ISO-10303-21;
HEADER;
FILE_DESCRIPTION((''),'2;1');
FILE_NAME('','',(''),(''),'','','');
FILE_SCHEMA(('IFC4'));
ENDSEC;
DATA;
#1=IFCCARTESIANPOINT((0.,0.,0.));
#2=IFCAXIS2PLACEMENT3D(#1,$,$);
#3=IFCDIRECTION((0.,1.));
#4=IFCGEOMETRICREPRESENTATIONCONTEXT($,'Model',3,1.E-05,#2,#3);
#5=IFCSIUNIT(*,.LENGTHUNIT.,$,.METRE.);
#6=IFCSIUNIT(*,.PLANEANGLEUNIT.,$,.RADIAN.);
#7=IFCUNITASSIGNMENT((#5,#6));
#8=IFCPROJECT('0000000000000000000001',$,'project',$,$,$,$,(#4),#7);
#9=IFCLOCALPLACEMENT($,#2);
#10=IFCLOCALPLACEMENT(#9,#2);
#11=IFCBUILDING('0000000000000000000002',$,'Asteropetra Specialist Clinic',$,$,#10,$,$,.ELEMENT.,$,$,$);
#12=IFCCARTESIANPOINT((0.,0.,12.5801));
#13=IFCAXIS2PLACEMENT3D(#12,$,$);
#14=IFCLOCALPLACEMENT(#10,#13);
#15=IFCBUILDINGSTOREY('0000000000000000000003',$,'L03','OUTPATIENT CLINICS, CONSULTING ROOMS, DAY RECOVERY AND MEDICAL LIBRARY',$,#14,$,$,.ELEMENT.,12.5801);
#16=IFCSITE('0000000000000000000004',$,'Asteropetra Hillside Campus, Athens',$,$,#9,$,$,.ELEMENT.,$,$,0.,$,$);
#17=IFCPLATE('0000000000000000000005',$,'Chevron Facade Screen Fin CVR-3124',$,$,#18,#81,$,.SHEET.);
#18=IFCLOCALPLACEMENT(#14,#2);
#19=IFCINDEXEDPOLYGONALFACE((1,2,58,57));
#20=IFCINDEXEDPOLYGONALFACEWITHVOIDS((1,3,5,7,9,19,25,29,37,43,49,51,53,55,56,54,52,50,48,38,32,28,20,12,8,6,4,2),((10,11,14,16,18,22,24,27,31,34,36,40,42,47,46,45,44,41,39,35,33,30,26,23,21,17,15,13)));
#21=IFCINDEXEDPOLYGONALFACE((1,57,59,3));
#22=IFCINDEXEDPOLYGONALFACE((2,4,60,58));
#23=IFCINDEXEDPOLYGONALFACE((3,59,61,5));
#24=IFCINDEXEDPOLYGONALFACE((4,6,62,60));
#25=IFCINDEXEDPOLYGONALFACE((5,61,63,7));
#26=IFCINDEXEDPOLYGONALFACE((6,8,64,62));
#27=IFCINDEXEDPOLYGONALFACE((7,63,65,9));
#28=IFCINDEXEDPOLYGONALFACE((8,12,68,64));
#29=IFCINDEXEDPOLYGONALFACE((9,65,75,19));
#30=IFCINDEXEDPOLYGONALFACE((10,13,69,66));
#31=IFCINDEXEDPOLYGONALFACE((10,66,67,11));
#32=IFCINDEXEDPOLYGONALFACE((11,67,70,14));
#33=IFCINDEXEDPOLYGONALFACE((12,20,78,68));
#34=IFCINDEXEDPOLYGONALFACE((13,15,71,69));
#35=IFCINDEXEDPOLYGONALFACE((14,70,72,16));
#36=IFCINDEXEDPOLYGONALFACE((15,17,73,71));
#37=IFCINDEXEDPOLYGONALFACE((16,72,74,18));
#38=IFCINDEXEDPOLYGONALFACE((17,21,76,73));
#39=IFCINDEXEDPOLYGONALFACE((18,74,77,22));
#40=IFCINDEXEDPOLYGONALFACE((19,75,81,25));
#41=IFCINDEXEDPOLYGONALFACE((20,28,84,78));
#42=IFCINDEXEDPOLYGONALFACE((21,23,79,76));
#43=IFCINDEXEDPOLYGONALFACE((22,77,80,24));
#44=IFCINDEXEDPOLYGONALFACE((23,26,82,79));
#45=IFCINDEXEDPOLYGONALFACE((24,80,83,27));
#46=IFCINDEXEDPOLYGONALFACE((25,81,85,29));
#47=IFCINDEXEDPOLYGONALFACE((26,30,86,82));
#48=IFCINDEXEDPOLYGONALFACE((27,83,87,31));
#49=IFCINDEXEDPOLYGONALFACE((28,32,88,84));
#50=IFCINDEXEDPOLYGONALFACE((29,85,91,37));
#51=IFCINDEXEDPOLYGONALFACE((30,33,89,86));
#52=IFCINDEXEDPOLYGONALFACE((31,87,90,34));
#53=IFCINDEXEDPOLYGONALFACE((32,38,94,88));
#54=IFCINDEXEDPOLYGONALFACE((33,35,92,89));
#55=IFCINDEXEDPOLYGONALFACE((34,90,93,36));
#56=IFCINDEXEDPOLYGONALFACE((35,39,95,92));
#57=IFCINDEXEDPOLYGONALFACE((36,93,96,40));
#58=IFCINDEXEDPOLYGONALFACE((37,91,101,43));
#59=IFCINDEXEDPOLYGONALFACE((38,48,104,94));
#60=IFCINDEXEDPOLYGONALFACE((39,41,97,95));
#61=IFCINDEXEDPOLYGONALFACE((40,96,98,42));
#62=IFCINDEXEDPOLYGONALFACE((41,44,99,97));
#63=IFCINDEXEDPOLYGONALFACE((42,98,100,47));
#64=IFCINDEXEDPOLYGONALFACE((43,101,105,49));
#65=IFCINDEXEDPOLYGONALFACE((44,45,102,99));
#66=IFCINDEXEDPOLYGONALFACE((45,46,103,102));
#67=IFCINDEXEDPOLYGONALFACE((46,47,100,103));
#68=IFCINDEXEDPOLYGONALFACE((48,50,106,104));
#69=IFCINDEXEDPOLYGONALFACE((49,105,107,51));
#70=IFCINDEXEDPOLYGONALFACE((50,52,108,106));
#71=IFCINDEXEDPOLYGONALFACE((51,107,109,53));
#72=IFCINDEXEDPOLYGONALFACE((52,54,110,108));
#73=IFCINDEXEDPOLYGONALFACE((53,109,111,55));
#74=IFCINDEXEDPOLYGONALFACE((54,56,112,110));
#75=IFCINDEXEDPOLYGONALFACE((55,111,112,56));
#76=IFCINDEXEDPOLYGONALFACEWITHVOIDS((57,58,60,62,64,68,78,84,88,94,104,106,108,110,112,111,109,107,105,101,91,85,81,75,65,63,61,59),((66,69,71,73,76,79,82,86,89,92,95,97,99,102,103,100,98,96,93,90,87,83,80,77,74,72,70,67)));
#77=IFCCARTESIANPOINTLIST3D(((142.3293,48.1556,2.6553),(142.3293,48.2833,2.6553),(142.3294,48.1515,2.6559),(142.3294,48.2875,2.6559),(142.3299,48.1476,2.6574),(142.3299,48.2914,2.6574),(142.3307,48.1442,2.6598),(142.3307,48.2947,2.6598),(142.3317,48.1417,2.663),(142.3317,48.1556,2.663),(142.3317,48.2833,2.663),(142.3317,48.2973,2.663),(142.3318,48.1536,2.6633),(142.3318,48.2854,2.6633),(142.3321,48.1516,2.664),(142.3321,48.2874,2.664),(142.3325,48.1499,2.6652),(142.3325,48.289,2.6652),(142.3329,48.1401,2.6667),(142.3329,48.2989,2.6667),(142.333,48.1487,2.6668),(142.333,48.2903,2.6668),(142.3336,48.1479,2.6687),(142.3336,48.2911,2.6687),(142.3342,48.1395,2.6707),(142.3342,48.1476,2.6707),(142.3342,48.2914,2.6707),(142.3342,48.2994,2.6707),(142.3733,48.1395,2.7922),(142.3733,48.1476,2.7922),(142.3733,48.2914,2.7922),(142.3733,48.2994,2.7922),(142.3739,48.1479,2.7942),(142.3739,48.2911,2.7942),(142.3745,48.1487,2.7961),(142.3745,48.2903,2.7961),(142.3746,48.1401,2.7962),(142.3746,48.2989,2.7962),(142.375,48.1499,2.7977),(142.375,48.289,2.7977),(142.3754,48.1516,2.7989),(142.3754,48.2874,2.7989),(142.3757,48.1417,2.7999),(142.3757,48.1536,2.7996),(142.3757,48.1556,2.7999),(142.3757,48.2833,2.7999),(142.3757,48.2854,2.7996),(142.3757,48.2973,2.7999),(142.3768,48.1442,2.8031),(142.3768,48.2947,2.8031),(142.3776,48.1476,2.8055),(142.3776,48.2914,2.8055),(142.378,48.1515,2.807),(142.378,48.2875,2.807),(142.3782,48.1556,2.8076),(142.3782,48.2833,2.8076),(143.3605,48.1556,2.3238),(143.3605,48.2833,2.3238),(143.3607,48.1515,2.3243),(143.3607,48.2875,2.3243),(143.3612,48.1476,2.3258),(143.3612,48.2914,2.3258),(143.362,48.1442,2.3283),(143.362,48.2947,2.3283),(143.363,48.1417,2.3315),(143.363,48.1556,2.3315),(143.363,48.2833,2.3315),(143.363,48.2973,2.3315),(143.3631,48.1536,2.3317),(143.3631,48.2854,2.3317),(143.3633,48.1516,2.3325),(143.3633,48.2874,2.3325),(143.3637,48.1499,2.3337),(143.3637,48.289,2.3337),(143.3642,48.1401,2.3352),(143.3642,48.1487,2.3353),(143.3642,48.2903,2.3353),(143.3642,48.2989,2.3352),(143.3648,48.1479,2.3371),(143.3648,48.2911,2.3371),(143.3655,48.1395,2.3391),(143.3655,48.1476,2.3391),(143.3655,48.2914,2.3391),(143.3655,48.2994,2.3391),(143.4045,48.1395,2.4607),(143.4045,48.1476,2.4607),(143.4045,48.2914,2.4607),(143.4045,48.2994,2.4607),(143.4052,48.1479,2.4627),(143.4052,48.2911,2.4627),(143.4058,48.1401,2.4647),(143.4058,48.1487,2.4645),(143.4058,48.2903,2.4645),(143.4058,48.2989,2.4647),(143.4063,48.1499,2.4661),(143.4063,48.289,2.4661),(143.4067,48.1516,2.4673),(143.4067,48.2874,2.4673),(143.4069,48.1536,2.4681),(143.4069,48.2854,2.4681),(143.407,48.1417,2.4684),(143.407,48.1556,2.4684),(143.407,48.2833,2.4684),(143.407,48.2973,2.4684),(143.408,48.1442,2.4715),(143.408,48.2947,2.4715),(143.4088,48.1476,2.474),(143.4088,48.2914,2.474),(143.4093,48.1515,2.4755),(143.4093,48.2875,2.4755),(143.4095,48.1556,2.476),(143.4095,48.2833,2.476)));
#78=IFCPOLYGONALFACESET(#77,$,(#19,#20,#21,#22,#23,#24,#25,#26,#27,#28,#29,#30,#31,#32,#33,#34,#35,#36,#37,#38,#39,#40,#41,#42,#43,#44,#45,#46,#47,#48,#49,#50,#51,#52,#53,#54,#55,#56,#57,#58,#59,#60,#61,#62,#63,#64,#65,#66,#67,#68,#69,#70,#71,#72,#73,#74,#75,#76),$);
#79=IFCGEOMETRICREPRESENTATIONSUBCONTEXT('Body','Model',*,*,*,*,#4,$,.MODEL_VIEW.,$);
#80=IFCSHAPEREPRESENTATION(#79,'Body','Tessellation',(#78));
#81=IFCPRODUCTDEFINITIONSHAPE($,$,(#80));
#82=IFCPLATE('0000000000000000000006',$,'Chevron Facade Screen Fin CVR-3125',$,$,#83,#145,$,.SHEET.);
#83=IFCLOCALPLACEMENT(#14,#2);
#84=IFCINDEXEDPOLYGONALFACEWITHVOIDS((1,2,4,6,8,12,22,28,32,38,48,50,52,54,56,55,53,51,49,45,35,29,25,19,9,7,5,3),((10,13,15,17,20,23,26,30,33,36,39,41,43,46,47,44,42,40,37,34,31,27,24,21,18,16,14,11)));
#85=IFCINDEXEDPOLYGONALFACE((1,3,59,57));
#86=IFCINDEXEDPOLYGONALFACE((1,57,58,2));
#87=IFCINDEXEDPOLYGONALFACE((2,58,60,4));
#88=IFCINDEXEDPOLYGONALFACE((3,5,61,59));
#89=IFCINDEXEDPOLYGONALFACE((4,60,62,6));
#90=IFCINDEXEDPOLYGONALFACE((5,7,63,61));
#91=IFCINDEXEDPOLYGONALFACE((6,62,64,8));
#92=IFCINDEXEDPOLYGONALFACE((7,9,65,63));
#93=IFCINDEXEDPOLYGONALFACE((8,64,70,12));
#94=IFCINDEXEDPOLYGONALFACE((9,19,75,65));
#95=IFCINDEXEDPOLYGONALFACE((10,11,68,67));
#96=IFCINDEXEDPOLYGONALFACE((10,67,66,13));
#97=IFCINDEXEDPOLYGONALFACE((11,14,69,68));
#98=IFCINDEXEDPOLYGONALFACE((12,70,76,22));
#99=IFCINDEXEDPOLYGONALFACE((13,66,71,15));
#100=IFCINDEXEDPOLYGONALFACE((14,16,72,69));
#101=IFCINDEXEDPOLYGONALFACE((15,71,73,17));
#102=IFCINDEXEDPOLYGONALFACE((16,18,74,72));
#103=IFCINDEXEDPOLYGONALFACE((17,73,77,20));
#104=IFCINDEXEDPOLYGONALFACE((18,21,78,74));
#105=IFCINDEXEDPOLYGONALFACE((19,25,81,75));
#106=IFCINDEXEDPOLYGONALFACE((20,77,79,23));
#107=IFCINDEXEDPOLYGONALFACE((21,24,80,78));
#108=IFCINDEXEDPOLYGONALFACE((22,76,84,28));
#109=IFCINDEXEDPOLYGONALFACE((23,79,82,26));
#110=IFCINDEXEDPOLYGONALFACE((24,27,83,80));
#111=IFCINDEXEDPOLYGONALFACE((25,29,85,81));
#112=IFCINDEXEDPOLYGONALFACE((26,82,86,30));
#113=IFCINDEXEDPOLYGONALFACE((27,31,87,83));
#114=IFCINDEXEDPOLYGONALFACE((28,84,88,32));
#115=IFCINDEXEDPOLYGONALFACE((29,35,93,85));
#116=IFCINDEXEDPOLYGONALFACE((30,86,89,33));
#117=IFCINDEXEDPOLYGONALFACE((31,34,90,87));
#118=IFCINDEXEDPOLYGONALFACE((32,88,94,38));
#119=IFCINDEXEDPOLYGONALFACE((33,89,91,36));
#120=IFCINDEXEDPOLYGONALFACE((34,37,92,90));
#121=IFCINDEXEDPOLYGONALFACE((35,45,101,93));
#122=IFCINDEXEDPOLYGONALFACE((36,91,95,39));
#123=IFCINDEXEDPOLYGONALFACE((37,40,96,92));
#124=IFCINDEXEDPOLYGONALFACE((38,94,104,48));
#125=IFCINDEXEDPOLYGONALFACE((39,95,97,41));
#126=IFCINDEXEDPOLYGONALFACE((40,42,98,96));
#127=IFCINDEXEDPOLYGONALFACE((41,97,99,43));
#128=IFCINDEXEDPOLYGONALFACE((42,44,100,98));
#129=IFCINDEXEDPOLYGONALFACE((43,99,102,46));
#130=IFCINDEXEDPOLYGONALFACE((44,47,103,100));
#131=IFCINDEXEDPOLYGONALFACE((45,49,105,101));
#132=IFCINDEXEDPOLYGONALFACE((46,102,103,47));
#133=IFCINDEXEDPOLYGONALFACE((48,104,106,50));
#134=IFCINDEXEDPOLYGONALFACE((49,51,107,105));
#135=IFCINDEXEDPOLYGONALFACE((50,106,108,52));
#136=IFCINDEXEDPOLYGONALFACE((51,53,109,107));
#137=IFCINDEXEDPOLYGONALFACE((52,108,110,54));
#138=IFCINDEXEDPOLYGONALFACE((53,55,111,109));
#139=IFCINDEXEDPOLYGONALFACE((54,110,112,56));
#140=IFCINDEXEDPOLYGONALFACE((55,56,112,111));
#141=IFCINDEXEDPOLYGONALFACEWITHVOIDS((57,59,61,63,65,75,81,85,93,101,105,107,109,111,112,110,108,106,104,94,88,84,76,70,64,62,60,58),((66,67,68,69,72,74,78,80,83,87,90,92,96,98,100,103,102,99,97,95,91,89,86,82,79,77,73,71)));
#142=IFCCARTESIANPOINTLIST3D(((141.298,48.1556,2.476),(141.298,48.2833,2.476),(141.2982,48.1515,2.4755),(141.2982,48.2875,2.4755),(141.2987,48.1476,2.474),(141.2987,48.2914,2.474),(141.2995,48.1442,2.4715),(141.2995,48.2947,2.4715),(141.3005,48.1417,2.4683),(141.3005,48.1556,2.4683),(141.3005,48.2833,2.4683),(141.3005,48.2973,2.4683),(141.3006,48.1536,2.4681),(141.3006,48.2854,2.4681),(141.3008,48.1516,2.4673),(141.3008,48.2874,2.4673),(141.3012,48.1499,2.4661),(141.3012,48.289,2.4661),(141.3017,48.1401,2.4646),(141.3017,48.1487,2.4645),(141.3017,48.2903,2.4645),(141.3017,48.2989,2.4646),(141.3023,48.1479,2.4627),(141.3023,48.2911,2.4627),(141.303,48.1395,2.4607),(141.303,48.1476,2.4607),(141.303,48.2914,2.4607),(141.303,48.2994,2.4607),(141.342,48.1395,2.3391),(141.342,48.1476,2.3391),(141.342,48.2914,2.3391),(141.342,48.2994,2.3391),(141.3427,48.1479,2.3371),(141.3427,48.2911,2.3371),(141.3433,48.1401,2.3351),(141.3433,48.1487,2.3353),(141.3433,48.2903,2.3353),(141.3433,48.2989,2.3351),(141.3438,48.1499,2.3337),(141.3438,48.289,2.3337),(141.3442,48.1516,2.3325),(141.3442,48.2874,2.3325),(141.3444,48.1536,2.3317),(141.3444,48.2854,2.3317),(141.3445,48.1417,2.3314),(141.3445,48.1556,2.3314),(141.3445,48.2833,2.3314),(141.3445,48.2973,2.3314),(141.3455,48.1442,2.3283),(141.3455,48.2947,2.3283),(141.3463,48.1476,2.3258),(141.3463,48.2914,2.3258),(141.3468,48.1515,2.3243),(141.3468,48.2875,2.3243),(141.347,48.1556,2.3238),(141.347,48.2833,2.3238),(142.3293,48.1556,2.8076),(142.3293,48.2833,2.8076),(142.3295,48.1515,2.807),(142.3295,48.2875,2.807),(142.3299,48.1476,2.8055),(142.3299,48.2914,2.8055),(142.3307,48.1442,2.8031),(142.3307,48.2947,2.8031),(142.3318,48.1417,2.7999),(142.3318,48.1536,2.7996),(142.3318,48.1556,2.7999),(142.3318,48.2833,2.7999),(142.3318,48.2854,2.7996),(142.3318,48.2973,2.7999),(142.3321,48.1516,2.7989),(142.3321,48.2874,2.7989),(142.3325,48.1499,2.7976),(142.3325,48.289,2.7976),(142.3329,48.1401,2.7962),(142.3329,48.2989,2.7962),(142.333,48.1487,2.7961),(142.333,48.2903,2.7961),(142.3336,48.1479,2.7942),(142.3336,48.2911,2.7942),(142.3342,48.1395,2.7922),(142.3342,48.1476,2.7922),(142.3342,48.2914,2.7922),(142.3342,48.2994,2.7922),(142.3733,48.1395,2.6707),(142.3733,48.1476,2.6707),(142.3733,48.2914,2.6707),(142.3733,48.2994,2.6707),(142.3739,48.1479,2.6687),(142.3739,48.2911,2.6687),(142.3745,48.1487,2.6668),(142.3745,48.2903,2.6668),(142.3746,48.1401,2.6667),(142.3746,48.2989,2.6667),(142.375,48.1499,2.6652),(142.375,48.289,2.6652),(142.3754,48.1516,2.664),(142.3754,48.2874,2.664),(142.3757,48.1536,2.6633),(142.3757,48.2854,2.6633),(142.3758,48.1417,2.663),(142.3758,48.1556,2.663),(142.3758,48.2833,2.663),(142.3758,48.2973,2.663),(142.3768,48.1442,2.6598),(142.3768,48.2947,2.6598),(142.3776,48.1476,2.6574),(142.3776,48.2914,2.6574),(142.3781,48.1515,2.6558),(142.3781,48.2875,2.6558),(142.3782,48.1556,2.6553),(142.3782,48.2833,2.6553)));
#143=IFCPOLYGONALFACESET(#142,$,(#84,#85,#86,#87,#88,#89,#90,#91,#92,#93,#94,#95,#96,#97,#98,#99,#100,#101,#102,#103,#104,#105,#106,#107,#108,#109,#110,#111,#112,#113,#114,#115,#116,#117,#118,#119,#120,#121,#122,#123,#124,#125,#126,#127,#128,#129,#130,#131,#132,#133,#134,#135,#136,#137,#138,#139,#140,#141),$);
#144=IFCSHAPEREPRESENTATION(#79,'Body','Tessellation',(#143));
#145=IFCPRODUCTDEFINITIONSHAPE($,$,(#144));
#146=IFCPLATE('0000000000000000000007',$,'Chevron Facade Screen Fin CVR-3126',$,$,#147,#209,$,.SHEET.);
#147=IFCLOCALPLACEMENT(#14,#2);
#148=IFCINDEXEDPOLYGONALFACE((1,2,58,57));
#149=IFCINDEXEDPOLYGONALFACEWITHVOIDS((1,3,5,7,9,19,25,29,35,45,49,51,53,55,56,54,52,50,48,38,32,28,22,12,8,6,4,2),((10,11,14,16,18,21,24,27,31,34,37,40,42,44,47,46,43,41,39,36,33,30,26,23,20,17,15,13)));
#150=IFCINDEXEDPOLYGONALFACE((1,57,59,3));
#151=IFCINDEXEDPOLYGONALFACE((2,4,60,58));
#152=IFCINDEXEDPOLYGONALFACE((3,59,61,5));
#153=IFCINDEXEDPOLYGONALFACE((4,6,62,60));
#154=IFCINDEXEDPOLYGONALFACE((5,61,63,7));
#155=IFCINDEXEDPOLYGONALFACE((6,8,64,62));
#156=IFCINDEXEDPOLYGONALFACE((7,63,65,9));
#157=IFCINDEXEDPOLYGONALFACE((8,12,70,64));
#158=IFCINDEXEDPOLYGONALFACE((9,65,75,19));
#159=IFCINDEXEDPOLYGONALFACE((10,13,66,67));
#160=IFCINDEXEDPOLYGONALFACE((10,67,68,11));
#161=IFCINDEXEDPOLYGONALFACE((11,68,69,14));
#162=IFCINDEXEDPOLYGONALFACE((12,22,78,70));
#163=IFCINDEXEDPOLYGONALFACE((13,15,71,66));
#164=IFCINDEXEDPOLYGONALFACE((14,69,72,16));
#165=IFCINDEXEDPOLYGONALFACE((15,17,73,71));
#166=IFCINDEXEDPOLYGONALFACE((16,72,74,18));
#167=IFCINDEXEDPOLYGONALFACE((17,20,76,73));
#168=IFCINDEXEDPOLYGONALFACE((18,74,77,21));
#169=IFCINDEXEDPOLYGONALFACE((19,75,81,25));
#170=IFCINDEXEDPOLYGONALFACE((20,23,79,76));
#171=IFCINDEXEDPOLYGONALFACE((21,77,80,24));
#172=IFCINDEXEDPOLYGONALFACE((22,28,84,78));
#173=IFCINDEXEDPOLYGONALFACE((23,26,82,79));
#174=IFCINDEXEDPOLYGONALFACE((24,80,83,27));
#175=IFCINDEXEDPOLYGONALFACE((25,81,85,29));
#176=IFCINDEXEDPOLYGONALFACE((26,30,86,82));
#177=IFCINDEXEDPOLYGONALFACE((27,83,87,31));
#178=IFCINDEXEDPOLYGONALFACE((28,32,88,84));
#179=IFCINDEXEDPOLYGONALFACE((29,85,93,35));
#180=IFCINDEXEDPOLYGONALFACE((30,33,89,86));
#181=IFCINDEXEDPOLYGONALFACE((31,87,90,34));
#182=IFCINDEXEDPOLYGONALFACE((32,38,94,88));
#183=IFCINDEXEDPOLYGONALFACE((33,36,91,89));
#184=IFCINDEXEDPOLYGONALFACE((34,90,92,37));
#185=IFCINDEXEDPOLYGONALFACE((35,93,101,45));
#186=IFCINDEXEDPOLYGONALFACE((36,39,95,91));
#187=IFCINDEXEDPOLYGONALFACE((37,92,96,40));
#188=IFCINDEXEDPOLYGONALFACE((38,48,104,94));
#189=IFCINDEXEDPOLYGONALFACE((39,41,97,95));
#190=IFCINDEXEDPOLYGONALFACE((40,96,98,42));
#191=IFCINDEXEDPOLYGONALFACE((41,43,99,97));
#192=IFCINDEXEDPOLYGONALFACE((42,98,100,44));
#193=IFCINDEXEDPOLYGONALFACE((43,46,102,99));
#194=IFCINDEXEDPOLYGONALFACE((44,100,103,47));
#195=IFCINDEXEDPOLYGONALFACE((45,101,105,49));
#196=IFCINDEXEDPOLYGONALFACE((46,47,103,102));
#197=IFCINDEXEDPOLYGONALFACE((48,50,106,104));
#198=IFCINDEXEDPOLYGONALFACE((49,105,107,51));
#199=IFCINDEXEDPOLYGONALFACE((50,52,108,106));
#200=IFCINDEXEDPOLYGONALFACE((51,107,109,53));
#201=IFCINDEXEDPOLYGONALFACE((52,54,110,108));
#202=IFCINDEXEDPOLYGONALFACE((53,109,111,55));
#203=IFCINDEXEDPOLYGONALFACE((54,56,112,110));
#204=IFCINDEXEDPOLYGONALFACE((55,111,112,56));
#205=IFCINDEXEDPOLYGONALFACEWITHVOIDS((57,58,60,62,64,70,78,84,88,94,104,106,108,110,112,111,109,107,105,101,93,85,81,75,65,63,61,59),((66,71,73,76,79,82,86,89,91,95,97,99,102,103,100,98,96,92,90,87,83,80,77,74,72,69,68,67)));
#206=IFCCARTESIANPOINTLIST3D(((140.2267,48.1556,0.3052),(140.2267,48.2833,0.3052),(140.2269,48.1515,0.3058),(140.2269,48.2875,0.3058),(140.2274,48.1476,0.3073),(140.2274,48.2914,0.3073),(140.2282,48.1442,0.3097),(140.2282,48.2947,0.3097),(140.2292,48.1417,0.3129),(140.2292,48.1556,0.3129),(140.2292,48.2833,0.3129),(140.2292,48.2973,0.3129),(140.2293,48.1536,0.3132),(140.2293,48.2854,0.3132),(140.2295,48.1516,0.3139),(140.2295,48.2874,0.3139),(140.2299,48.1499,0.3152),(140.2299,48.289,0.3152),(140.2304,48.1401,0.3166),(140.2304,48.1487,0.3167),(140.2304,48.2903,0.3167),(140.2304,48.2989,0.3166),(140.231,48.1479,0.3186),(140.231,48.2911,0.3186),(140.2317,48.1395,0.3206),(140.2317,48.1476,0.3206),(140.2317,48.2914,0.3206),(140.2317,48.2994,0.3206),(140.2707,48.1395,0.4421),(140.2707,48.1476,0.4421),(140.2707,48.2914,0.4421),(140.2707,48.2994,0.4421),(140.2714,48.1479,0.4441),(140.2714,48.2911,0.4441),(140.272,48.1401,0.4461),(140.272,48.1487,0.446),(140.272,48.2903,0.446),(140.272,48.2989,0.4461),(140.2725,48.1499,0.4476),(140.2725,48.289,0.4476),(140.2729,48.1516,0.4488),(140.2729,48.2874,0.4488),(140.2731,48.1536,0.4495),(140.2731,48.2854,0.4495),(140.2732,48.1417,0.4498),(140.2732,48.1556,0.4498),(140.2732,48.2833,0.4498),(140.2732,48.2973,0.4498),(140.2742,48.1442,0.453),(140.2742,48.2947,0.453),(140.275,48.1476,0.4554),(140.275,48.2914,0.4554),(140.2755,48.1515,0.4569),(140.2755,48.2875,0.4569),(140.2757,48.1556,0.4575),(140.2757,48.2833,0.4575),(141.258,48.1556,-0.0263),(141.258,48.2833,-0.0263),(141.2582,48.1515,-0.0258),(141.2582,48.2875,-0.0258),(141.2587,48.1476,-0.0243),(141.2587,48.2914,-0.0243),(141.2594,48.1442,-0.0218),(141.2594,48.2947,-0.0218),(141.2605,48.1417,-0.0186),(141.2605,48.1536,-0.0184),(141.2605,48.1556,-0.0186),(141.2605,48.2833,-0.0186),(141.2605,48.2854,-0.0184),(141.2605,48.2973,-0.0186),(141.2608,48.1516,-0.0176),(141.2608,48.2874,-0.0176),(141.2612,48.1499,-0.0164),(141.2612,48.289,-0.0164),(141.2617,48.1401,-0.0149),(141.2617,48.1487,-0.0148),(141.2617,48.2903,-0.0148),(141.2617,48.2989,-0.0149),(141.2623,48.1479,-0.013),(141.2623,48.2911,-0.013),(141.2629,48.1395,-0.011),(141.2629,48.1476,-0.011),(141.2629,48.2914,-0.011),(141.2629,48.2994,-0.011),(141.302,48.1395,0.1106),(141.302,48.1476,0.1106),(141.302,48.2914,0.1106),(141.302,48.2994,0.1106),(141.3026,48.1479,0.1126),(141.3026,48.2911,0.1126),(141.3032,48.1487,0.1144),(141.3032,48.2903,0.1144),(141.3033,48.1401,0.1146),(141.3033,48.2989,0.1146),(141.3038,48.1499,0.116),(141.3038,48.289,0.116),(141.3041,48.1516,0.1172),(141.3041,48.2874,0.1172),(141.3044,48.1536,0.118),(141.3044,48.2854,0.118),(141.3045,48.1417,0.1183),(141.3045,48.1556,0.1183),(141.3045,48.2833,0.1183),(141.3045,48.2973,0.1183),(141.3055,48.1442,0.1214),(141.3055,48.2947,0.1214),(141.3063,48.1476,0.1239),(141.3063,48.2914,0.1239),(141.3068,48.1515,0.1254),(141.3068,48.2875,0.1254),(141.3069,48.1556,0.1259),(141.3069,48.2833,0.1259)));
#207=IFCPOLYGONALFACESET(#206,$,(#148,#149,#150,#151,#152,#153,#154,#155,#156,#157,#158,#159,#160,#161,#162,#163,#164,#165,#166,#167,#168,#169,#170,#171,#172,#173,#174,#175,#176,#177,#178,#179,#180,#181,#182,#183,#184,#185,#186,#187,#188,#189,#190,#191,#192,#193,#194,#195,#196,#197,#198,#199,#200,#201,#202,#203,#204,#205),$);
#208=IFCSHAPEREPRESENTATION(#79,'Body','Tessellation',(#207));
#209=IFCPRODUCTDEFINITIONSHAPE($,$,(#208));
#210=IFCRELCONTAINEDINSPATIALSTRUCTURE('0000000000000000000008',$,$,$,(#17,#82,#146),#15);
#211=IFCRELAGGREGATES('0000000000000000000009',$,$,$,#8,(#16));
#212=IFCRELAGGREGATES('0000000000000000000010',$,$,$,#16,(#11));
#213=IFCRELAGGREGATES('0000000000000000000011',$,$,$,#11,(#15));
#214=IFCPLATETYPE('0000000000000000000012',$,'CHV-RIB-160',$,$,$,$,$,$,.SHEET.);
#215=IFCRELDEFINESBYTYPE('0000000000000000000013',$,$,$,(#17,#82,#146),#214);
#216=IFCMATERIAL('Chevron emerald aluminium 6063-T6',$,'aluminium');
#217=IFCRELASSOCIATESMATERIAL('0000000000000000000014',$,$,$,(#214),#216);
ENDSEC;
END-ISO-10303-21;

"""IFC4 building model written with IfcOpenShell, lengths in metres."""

from ifc_helpers import new_model, si_unit, direction, frame, origin, origin_2d, place, context, subcontext, project, spatial, hollow_rectangle, extrude, material, material_profile, profile_set, type_object, element, save


model = new_model("IFC4")

# Units and contexts
model_context = context("Model", 3, precision=1e-05, world=origin(), true_north=direction((0.0, 1.0)))
body_context = subcontext(model_context, "Body", "Model", "MODEL_VIEW")
ifc_project = project(units=[si_unit("LENGTHUNIT", "METRE"), si_unit("PLANEANGLEUNIT", "RADIAN")], contexts=[model_context])

# Site, building, storey
site_placement = place(None, origin())
site = spatial("IfcSite", under=ifc_project, at=site_placement, Name="Asteropetra Hillside Campus, Athens", CompositionType="ELEMENT", RefElevation=0.0)
building_placement = place(site_placement, origin())
building = spatial("IfcBuilding", under=site, at=building_placement, Name="Asteropetra Specialist Clinic", CompositionType="ELEMENT")
storey_placement = place(building_placement, frame((0.0, 0.0, 12.5801)))
storey = spatial("IfcBuildingStorey", under=building, at=storey_placement, Name="L03", Description="OUTPATIENT CLINICS, CONSULTING ROOMS, DAY RECOVERY AND MEDICAL LIBRARY", CompositionType="ELEMENT", Elevation=12.5801)

# Plates
ifc_material_1 = material(Name="Chevron emerald aluminium 6063-T6", Category="aluminium")
ifc_material_profile = material_profile(ifc_material_1, hollow_rectangle(XDim=0.1599, YDim=0.1599, WallThickness=0.0081, InnerFilletRadius=0.0081, OuterFilletRadius=0.0161, at=origin_2d()), Name="SHS 160x160x8.0")
ifc_profile_set = profile_set([ifc_material_profile], Name="Chevron emerald aluminium 6063-T6")
plate_type_1 = type_object("IfcPlateType", Name="CHV-RIB-160", PredefinedType="SHEET", material=ifc_profile_set)
for number, where, z_axis, x_axis, name in (
    (1, (143.385, 48.2195, 2.3999), (-0.95201, 0.0, 0.306068), (0.0, -1.0, 0.0), "Chevron Facade Screen Fin CVR-3124"),
    (2, (142.3538, 48.2195, 2.7314), (-0.95201, 0.0, -0.306068), (0.0, -1.0, 0.0), "Chevron Facade Screen Fin CVR-3125"),
    (3, (141.2825, 48.2195, 0.0498), (-0.95201, 0.0, 0.306068), (0.0, -1.0, 0.0), "Chevron Facade Screen Fin CVR-3126"),
):
    element("IfcPlate", number, at=place(storey_placement, frame(where, z_axis=z_axis, x_axis=x_axis)), inside=storey, type_object=plate_type_1, Name=name, PredefinedType="SHEET", context=body_context, shape_type="SweptSolid", body=[
        extrude(hollow_rectangle(XDim=0.1599, YDim=0.1599, WallThickness=0.0081, InnerFilletRadius=0.0081, OuterFilletRadius=0.0161, at=origin_2d()), origin(), (0.0, 0.0, 1.0), 1.0833),
    ])

save(model, "model.ifc")
